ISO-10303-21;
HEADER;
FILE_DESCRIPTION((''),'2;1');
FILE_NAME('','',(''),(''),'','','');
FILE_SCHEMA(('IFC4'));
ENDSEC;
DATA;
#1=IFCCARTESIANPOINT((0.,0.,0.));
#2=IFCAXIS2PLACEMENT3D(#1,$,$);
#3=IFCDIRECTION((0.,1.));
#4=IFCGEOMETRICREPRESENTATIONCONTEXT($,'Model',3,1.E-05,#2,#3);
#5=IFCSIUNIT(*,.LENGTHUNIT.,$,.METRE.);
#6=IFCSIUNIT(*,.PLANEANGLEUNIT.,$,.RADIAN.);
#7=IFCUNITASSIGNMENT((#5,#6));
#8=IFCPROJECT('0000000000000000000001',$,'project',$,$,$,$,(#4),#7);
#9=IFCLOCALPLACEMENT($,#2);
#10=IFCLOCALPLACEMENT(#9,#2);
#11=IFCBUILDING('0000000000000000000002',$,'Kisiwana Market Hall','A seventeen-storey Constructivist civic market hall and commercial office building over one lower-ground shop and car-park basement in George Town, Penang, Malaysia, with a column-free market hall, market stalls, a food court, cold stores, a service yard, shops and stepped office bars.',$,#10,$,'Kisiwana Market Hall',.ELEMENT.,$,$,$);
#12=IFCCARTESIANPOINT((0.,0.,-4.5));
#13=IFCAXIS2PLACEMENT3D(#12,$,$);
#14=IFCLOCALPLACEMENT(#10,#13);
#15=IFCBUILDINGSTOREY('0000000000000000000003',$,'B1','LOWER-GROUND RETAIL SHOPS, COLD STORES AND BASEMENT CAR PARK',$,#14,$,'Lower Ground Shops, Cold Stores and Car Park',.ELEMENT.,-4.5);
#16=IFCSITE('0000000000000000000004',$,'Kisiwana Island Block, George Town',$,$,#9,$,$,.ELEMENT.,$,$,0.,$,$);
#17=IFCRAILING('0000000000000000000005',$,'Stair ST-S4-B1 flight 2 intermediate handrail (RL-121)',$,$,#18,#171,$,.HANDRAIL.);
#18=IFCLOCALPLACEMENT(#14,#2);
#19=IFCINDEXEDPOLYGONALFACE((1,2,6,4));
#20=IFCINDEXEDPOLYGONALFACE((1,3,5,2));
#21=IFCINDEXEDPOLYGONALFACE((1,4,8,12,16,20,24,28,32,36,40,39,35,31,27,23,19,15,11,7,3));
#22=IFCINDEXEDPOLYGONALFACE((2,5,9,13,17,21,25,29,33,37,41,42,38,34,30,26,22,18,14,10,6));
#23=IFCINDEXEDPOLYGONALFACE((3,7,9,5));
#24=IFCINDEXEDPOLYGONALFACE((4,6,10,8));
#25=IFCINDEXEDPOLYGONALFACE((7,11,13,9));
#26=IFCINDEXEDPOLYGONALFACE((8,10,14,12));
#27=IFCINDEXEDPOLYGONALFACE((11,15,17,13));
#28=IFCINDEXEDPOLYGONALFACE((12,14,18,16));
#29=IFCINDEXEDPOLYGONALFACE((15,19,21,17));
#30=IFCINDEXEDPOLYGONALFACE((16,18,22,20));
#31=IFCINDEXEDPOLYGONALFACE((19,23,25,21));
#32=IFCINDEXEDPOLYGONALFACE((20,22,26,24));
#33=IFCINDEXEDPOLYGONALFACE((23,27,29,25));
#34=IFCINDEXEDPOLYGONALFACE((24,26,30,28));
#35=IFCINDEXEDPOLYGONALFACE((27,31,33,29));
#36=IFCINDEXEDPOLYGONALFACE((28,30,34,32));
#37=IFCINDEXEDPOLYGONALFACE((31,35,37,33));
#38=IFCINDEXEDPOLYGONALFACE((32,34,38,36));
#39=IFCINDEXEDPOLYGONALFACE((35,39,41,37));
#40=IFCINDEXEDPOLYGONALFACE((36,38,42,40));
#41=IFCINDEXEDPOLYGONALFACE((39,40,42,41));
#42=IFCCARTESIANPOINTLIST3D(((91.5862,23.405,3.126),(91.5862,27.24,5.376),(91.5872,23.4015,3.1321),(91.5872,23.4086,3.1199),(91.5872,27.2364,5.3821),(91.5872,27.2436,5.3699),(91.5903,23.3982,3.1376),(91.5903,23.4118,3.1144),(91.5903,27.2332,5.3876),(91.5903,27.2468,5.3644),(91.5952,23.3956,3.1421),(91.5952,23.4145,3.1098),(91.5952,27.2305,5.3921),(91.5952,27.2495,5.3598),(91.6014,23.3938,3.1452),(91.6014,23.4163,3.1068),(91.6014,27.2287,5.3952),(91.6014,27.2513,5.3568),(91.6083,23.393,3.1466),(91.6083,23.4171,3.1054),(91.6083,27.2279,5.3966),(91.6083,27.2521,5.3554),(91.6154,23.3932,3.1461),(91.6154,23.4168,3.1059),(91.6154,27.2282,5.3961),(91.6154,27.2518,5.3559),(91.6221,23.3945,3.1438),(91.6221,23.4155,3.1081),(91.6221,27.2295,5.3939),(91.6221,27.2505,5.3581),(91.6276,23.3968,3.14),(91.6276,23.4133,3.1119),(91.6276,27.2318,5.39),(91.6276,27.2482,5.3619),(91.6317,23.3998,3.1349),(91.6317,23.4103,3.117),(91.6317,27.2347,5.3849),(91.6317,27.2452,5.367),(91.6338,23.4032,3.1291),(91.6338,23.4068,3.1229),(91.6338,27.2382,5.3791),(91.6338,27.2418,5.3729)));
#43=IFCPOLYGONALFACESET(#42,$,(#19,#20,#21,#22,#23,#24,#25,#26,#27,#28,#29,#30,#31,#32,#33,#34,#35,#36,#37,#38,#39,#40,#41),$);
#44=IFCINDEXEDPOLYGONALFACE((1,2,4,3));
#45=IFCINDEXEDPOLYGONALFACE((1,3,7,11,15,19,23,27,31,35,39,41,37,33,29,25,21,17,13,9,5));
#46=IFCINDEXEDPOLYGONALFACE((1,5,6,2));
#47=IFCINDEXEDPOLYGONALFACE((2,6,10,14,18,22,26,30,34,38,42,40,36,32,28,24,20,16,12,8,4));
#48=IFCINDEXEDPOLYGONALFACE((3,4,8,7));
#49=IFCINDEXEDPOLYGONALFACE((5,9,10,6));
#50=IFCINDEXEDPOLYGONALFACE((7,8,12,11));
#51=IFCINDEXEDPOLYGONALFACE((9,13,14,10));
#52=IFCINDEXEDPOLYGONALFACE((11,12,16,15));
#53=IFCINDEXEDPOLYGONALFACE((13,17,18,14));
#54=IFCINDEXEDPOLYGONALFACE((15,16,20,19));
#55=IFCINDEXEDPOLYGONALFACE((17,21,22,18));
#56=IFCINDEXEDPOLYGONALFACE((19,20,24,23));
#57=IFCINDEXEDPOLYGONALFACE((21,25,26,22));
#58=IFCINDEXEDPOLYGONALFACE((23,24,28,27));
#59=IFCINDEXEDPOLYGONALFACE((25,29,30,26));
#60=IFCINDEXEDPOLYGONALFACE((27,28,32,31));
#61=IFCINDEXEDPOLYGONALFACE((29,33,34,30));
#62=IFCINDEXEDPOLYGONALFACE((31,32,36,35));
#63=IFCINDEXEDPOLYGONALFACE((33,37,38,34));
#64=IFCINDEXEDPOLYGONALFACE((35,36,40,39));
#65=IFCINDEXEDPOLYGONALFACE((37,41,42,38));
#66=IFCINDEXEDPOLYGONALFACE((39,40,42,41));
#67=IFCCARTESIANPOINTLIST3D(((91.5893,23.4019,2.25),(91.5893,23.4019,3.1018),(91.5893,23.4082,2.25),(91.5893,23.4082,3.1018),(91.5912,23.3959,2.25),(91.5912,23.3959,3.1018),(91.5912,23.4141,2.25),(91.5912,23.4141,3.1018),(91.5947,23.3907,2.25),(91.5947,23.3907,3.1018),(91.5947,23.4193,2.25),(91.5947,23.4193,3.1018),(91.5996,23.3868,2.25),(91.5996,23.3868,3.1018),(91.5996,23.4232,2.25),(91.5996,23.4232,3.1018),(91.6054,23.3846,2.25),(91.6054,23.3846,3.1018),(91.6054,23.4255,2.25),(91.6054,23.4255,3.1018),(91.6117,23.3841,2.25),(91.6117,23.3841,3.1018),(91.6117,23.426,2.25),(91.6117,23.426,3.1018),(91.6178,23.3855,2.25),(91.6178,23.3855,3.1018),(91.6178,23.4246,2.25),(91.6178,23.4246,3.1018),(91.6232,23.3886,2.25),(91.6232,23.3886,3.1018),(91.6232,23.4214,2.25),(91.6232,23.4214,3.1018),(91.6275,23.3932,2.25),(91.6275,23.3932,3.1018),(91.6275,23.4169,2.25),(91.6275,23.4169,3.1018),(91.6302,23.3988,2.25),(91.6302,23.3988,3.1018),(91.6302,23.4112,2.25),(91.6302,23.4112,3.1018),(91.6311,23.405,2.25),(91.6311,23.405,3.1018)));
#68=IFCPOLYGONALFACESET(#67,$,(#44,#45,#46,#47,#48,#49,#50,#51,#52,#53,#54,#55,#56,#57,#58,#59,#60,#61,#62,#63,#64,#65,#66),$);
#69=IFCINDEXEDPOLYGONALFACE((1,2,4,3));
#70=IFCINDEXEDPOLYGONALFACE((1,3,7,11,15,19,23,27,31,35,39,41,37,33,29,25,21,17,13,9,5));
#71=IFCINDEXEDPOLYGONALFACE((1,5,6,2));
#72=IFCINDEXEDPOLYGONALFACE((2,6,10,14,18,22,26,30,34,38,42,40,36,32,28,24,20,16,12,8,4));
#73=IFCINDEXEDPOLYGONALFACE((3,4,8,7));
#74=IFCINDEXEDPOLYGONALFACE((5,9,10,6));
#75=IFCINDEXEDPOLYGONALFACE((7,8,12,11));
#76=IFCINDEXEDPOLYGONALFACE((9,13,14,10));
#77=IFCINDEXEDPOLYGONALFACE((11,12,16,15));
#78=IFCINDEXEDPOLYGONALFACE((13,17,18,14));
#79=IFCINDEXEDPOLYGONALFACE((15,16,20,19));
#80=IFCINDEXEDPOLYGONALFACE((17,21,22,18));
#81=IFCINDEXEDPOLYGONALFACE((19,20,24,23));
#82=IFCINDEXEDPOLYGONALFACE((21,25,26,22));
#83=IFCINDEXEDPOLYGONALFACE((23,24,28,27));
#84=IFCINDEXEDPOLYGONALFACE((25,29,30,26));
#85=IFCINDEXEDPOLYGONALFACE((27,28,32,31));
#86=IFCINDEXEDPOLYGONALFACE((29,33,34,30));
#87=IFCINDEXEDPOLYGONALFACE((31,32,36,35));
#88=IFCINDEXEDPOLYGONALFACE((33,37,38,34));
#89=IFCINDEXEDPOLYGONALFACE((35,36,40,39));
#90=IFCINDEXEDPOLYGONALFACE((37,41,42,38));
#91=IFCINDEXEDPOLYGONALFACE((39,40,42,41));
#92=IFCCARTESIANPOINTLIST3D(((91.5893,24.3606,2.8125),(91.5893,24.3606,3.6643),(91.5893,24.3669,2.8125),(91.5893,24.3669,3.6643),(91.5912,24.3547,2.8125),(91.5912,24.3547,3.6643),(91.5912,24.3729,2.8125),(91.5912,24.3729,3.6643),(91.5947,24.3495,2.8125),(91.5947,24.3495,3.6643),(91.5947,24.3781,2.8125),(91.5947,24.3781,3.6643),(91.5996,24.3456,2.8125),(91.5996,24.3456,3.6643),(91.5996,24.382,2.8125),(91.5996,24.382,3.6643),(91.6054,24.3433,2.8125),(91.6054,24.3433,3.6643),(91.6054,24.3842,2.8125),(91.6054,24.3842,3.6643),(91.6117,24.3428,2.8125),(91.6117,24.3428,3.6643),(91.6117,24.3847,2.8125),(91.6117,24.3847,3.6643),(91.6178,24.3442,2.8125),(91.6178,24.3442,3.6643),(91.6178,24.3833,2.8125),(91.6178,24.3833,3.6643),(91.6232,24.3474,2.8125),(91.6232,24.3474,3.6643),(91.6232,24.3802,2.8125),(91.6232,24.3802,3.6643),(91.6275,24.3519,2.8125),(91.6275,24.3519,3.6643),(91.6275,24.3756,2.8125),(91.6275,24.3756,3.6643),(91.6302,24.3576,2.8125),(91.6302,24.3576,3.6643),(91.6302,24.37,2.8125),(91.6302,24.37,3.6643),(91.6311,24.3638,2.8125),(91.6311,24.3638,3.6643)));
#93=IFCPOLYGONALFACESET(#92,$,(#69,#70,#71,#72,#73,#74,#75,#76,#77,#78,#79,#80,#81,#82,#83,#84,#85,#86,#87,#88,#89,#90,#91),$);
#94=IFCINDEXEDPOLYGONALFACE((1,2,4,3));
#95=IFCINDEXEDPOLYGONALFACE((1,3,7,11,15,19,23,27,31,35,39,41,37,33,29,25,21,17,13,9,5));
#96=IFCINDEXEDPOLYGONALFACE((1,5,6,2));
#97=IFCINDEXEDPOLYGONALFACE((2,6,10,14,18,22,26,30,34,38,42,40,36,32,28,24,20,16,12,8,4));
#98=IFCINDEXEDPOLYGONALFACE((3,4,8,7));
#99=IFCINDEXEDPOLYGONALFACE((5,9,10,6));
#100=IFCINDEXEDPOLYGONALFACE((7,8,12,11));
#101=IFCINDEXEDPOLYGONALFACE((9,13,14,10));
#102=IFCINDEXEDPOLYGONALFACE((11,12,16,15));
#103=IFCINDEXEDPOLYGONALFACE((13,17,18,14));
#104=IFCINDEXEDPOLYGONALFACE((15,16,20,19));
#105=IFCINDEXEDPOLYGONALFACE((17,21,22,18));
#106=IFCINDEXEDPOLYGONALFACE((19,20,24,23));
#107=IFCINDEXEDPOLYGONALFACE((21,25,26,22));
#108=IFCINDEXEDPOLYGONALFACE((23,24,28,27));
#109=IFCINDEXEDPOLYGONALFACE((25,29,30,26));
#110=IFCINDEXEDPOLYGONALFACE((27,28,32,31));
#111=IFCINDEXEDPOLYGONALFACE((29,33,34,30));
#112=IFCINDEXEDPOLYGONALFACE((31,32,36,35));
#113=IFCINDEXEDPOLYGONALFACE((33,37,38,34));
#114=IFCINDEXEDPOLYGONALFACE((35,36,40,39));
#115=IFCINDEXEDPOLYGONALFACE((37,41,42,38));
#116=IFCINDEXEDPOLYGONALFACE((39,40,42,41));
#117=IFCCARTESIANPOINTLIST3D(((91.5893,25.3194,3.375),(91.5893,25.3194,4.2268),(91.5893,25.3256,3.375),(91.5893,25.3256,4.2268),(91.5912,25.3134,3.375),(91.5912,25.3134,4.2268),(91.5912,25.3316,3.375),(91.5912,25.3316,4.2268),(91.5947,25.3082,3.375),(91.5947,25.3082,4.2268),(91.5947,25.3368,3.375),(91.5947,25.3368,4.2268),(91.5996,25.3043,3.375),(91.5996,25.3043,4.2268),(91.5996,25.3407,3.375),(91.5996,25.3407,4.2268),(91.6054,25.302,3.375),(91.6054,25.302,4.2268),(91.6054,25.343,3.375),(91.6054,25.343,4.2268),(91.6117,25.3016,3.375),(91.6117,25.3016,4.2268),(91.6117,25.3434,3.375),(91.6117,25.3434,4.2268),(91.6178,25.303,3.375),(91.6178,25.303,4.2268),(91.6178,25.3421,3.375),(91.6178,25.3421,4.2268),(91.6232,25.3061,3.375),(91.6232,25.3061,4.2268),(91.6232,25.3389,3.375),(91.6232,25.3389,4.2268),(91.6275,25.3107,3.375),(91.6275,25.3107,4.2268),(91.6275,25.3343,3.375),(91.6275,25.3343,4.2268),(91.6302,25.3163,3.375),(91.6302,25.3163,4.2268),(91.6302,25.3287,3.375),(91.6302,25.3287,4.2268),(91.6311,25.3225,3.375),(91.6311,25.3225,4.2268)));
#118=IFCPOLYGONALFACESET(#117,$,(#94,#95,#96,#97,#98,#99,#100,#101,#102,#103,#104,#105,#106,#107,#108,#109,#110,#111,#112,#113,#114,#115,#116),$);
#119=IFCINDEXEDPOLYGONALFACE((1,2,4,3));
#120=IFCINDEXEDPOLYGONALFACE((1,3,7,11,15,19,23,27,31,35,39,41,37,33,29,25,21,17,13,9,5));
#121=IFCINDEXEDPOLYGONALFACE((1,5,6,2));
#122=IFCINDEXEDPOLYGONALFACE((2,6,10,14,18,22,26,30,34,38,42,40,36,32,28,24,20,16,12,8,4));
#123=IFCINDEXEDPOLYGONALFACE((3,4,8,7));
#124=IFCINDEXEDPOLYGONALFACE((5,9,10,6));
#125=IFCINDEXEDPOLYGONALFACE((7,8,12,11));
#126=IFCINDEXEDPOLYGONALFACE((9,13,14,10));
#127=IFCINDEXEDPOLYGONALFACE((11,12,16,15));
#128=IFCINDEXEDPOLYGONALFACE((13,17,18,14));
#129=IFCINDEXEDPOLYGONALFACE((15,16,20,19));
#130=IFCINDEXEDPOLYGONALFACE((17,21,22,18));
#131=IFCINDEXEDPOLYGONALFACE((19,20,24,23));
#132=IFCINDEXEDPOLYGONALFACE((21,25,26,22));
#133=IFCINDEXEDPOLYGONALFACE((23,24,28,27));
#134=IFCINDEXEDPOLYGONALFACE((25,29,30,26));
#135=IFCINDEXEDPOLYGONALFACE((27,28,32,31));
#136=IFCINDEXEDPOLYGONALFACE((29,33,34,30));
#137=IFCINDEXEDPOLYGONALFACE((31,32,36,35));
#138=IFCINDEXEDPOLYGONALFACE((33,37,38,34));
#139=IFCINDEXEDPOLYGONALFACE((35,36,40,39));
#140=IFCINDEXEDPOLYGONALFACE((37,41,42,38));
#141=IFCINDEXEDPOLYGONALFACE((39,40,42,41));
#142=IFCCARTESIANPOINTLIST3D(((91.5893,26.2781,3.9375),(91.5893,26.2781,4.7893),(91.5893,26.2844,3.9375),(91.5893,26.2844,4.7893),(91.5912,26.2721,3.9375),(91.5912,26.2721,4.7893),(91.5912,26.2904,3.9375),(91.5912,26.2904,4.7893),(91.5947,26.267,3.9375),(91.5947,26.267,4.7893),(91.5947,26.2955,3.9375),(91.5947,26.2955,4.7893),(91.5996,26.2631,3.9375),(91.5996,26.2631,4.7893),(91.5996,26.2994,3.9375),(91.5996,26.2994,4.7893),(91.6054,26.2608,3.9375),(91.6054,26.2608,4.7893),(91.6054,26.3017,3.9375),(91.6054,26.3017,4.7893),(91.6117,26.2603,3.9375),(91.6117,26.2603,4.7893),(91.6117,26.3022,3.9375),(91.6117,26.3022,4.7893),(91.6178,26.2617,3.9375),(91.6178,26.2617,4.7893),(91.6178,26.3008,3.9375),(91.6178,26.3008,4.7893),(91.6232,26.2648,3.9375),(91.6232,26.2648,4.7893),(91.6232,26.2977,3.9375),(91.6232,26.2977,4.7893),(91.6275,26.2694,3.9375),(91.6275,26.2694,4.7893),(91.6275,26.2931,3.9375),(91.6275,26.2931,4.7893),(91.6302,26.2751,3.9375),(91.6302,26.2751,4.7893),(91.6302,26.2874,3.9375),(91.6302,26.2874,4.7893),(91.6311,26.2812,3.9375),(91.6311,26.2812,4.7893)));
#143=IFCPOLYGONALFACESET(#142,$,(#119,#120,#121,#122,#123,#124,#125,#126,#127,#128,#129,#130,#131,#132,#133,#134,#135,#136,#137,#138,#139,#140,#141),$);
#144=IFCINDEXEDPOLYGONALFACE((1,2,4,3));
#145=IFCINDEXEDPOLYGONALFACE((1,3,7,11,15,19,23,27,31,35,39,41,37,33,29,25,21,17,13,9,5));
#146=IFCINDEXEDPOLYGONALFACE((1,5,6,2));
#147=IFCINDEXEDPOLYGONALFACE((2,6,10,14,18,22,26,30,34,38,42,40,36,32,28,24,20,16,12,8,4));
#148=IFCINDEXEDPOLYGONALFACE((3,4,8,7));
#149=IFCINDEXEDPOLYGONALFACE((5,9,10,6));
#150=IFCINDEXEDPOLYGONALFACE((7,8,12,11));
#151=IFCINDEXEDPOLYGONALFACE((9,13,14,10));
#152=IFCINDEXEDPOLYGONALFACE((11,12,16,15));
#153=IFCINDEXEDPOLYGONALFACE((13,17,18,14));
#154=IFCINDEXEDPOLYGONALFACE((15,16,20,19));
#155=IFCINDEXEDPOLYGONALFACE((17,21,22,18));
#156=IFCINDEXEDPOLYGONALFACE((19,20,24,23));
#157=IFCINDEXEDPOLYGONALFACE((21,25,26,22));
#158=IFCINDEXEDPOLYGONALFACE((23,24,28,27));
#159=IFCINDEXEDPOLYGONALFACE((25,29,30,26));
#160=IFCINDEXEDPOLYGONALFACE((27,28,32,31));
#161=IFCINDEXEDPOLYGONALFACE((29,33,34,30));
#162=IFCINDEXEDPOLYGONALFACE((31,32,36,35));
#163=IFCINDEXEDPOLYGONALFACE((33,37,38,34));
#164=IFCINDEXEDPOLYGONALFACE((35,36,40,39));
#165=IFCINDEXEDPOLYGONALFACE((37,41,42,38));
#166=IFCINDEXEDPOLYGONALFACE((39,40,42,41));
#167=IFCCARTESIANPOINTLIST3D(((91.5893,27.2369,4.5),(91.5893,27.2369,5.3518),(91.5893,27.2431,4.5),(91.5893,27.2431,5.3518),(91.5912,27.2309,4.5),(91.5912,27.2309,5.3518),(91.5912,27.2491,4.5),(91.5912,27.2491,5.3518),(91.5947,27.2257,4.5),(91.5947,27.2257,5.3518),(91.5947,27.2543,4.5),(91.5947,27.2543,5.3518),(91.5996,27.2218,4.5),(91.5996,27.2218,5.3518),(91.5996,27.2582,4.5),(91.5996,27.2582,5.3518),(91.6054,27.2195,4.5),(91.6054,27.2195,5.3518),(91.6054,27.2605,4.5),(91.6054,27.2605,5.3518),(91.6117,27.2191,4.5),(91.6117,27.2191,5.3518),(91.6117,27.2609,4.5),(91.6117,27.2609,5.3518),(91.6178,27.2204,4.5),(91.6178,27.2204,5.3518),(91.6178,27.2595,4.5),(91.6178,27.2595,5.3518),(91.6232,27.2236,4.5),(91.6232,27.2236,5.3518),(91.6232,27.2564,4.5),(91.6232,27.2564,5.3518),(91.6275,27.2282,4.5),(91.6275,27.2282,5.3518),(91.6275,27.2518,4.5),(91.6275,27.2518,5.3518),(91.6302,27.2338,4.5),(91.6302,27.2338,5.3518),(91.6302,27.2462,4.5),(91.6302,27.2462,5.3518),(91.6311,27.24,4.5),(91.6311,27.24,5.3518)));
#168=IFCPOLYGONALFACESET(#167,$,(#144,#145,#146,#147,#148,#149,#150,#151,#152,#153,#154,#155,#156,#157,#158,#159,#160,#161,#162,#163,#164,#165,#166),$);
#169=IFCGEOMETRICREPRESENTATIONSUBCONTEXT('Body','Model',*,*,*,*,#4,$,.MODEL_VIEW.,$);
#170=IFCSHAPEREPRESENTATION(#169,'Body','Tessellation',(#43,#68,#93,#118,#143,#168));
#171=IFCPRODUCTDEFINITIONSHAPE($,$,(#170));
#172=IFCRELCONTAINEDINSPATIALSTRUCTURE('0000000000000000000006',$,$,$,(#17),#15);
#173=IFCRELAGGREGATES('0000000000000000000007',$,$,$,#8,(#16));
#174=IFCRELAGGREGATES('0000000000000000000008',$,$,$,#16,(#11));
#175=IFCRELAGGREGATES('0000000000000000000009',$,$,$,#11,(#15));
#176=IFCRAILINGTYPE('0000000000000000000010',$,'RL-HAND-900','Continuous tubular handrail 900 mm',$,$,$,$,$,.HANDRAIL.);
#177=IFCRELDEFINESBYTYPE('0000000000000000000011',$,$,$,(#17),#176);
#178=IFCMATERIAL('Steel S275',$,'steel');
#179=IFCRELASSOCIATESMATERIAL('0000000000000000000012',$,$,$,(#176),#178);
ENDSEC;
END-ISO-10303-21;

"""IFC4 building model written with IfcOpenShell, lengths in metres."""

from ifc_helpers import new_model, si_unit, direction, frame, origin, origin_2d, place, context, subcontext, project, spatial, circle, extrude, material, type_object, element, save


model = new_model("IFC4")

# Units and contexts
model_context = context("Model", 3, precision=1e-05, world=origin(), true_north=direction((0.0, 1.0)))
body_context = subcontext(model_context, "Body", "Model", "MODEL_VIEW")
ifc_project = project(units=[si_unit("LENGTHUNIT", "METRE"), si_unit("PLANEANGLEUNIT", "RADIAN")], contexts=[model_context])

# Site, building, storey
site_placement = place(None, origin())
site = spatial("IfcSite", under=ifc_project, at=site_placement, Name="Kisiwana Island Block, George Town", CompositionType="ELEMENT", RefElevation=0.0)
building_placement = place(site_placement, origin())
building = spatial("IfcBuilding", under=site, at=building_placement, Name="Kisiwana Market Hall", Description="A seventeen-storey Constructivist civic market hall and commercial office building over one lower-ground shop and car-park basement in George Town, Penang, Malaysia, with a column-free market hall, market stalls, a food court, cold stores, a service yard, shops and stepped office bars.", LongName="Kisiwana Market Hall", CompositionType="ELEMENT")
storey_placement = place(building_placement, frame((0.0, 0.0, -4.5)))
storey = spatial("IfcBuildingStorey", under=building, at=storey_placement, Name="B1", Description="LOWER-GROUND RETAIL SHOPS, COLD STORES AND BASEMENT CAR PARK", LongName="Lower Ground Shops, Cold Stores and Car Park", CompositionType="ELEMENT", Elevation=-4.5)

# Railing
ifc_material_1 = material(Name="Steel S275", Category="steel")
railing_type = type_object("IfcRailingType", Name="RL-HAND-900", Description="Continuous tubular handrail 900 mm", PredefinedType="HANDRAIL", material=ifc_material_1)
for number, where, name in (
    (1, (91.6101, 23.405, 2.25), "Stair ST-S4-B1 flight 2 intermediate handrail (RL-121)"),
):
    element("IfcRailing", number, at=place(storey_placement, frame(where)), inside=storey, type_object=railing_type, Name=name, PredefinedType="HANDRAIL", context=body_context, shape_type="SweptSolid", body=[
        extrude(circle(Radius=0.0239, at=origin_2d()), frame((0.0, 0.0, 0.876), z_axis=(0.0, 0.86251, 0.506041), x_axis=(-1.0, 0.0, 0.0)), (0.0, 0.0, 1.0), 4.4463),
        extrude(circle(Radius=0.021, at=origin_2d()), origin(), (0.0, 0.0, 1.0), 0.8518),
        extrude(circle(Radius=0.021, at=origin_2d()), frame((0.0, 0.9587, 0.5625)), (0.0, 0.0, 1.0), 0.8518),
        extrude(circle(Radius=0.021, at=origin_2d()), frame((0.0, 1.9175, 1.125)), (0.0, 0.0, 1.0), 0.8518),
        extrude(circle(Radius=0.021, at=origin_2d()), frame((0.0, 2.8762, 1.6875)), (0.0, 0.0, 1.0), 0.8518),
        extrude(circle(Radius=0.021, at=origin_2d()), frame((0.0, 3.835, 2.25)), (0.0, 0.0, 1.0), 0.8518),
    ])

save(model, "model.ifc")
